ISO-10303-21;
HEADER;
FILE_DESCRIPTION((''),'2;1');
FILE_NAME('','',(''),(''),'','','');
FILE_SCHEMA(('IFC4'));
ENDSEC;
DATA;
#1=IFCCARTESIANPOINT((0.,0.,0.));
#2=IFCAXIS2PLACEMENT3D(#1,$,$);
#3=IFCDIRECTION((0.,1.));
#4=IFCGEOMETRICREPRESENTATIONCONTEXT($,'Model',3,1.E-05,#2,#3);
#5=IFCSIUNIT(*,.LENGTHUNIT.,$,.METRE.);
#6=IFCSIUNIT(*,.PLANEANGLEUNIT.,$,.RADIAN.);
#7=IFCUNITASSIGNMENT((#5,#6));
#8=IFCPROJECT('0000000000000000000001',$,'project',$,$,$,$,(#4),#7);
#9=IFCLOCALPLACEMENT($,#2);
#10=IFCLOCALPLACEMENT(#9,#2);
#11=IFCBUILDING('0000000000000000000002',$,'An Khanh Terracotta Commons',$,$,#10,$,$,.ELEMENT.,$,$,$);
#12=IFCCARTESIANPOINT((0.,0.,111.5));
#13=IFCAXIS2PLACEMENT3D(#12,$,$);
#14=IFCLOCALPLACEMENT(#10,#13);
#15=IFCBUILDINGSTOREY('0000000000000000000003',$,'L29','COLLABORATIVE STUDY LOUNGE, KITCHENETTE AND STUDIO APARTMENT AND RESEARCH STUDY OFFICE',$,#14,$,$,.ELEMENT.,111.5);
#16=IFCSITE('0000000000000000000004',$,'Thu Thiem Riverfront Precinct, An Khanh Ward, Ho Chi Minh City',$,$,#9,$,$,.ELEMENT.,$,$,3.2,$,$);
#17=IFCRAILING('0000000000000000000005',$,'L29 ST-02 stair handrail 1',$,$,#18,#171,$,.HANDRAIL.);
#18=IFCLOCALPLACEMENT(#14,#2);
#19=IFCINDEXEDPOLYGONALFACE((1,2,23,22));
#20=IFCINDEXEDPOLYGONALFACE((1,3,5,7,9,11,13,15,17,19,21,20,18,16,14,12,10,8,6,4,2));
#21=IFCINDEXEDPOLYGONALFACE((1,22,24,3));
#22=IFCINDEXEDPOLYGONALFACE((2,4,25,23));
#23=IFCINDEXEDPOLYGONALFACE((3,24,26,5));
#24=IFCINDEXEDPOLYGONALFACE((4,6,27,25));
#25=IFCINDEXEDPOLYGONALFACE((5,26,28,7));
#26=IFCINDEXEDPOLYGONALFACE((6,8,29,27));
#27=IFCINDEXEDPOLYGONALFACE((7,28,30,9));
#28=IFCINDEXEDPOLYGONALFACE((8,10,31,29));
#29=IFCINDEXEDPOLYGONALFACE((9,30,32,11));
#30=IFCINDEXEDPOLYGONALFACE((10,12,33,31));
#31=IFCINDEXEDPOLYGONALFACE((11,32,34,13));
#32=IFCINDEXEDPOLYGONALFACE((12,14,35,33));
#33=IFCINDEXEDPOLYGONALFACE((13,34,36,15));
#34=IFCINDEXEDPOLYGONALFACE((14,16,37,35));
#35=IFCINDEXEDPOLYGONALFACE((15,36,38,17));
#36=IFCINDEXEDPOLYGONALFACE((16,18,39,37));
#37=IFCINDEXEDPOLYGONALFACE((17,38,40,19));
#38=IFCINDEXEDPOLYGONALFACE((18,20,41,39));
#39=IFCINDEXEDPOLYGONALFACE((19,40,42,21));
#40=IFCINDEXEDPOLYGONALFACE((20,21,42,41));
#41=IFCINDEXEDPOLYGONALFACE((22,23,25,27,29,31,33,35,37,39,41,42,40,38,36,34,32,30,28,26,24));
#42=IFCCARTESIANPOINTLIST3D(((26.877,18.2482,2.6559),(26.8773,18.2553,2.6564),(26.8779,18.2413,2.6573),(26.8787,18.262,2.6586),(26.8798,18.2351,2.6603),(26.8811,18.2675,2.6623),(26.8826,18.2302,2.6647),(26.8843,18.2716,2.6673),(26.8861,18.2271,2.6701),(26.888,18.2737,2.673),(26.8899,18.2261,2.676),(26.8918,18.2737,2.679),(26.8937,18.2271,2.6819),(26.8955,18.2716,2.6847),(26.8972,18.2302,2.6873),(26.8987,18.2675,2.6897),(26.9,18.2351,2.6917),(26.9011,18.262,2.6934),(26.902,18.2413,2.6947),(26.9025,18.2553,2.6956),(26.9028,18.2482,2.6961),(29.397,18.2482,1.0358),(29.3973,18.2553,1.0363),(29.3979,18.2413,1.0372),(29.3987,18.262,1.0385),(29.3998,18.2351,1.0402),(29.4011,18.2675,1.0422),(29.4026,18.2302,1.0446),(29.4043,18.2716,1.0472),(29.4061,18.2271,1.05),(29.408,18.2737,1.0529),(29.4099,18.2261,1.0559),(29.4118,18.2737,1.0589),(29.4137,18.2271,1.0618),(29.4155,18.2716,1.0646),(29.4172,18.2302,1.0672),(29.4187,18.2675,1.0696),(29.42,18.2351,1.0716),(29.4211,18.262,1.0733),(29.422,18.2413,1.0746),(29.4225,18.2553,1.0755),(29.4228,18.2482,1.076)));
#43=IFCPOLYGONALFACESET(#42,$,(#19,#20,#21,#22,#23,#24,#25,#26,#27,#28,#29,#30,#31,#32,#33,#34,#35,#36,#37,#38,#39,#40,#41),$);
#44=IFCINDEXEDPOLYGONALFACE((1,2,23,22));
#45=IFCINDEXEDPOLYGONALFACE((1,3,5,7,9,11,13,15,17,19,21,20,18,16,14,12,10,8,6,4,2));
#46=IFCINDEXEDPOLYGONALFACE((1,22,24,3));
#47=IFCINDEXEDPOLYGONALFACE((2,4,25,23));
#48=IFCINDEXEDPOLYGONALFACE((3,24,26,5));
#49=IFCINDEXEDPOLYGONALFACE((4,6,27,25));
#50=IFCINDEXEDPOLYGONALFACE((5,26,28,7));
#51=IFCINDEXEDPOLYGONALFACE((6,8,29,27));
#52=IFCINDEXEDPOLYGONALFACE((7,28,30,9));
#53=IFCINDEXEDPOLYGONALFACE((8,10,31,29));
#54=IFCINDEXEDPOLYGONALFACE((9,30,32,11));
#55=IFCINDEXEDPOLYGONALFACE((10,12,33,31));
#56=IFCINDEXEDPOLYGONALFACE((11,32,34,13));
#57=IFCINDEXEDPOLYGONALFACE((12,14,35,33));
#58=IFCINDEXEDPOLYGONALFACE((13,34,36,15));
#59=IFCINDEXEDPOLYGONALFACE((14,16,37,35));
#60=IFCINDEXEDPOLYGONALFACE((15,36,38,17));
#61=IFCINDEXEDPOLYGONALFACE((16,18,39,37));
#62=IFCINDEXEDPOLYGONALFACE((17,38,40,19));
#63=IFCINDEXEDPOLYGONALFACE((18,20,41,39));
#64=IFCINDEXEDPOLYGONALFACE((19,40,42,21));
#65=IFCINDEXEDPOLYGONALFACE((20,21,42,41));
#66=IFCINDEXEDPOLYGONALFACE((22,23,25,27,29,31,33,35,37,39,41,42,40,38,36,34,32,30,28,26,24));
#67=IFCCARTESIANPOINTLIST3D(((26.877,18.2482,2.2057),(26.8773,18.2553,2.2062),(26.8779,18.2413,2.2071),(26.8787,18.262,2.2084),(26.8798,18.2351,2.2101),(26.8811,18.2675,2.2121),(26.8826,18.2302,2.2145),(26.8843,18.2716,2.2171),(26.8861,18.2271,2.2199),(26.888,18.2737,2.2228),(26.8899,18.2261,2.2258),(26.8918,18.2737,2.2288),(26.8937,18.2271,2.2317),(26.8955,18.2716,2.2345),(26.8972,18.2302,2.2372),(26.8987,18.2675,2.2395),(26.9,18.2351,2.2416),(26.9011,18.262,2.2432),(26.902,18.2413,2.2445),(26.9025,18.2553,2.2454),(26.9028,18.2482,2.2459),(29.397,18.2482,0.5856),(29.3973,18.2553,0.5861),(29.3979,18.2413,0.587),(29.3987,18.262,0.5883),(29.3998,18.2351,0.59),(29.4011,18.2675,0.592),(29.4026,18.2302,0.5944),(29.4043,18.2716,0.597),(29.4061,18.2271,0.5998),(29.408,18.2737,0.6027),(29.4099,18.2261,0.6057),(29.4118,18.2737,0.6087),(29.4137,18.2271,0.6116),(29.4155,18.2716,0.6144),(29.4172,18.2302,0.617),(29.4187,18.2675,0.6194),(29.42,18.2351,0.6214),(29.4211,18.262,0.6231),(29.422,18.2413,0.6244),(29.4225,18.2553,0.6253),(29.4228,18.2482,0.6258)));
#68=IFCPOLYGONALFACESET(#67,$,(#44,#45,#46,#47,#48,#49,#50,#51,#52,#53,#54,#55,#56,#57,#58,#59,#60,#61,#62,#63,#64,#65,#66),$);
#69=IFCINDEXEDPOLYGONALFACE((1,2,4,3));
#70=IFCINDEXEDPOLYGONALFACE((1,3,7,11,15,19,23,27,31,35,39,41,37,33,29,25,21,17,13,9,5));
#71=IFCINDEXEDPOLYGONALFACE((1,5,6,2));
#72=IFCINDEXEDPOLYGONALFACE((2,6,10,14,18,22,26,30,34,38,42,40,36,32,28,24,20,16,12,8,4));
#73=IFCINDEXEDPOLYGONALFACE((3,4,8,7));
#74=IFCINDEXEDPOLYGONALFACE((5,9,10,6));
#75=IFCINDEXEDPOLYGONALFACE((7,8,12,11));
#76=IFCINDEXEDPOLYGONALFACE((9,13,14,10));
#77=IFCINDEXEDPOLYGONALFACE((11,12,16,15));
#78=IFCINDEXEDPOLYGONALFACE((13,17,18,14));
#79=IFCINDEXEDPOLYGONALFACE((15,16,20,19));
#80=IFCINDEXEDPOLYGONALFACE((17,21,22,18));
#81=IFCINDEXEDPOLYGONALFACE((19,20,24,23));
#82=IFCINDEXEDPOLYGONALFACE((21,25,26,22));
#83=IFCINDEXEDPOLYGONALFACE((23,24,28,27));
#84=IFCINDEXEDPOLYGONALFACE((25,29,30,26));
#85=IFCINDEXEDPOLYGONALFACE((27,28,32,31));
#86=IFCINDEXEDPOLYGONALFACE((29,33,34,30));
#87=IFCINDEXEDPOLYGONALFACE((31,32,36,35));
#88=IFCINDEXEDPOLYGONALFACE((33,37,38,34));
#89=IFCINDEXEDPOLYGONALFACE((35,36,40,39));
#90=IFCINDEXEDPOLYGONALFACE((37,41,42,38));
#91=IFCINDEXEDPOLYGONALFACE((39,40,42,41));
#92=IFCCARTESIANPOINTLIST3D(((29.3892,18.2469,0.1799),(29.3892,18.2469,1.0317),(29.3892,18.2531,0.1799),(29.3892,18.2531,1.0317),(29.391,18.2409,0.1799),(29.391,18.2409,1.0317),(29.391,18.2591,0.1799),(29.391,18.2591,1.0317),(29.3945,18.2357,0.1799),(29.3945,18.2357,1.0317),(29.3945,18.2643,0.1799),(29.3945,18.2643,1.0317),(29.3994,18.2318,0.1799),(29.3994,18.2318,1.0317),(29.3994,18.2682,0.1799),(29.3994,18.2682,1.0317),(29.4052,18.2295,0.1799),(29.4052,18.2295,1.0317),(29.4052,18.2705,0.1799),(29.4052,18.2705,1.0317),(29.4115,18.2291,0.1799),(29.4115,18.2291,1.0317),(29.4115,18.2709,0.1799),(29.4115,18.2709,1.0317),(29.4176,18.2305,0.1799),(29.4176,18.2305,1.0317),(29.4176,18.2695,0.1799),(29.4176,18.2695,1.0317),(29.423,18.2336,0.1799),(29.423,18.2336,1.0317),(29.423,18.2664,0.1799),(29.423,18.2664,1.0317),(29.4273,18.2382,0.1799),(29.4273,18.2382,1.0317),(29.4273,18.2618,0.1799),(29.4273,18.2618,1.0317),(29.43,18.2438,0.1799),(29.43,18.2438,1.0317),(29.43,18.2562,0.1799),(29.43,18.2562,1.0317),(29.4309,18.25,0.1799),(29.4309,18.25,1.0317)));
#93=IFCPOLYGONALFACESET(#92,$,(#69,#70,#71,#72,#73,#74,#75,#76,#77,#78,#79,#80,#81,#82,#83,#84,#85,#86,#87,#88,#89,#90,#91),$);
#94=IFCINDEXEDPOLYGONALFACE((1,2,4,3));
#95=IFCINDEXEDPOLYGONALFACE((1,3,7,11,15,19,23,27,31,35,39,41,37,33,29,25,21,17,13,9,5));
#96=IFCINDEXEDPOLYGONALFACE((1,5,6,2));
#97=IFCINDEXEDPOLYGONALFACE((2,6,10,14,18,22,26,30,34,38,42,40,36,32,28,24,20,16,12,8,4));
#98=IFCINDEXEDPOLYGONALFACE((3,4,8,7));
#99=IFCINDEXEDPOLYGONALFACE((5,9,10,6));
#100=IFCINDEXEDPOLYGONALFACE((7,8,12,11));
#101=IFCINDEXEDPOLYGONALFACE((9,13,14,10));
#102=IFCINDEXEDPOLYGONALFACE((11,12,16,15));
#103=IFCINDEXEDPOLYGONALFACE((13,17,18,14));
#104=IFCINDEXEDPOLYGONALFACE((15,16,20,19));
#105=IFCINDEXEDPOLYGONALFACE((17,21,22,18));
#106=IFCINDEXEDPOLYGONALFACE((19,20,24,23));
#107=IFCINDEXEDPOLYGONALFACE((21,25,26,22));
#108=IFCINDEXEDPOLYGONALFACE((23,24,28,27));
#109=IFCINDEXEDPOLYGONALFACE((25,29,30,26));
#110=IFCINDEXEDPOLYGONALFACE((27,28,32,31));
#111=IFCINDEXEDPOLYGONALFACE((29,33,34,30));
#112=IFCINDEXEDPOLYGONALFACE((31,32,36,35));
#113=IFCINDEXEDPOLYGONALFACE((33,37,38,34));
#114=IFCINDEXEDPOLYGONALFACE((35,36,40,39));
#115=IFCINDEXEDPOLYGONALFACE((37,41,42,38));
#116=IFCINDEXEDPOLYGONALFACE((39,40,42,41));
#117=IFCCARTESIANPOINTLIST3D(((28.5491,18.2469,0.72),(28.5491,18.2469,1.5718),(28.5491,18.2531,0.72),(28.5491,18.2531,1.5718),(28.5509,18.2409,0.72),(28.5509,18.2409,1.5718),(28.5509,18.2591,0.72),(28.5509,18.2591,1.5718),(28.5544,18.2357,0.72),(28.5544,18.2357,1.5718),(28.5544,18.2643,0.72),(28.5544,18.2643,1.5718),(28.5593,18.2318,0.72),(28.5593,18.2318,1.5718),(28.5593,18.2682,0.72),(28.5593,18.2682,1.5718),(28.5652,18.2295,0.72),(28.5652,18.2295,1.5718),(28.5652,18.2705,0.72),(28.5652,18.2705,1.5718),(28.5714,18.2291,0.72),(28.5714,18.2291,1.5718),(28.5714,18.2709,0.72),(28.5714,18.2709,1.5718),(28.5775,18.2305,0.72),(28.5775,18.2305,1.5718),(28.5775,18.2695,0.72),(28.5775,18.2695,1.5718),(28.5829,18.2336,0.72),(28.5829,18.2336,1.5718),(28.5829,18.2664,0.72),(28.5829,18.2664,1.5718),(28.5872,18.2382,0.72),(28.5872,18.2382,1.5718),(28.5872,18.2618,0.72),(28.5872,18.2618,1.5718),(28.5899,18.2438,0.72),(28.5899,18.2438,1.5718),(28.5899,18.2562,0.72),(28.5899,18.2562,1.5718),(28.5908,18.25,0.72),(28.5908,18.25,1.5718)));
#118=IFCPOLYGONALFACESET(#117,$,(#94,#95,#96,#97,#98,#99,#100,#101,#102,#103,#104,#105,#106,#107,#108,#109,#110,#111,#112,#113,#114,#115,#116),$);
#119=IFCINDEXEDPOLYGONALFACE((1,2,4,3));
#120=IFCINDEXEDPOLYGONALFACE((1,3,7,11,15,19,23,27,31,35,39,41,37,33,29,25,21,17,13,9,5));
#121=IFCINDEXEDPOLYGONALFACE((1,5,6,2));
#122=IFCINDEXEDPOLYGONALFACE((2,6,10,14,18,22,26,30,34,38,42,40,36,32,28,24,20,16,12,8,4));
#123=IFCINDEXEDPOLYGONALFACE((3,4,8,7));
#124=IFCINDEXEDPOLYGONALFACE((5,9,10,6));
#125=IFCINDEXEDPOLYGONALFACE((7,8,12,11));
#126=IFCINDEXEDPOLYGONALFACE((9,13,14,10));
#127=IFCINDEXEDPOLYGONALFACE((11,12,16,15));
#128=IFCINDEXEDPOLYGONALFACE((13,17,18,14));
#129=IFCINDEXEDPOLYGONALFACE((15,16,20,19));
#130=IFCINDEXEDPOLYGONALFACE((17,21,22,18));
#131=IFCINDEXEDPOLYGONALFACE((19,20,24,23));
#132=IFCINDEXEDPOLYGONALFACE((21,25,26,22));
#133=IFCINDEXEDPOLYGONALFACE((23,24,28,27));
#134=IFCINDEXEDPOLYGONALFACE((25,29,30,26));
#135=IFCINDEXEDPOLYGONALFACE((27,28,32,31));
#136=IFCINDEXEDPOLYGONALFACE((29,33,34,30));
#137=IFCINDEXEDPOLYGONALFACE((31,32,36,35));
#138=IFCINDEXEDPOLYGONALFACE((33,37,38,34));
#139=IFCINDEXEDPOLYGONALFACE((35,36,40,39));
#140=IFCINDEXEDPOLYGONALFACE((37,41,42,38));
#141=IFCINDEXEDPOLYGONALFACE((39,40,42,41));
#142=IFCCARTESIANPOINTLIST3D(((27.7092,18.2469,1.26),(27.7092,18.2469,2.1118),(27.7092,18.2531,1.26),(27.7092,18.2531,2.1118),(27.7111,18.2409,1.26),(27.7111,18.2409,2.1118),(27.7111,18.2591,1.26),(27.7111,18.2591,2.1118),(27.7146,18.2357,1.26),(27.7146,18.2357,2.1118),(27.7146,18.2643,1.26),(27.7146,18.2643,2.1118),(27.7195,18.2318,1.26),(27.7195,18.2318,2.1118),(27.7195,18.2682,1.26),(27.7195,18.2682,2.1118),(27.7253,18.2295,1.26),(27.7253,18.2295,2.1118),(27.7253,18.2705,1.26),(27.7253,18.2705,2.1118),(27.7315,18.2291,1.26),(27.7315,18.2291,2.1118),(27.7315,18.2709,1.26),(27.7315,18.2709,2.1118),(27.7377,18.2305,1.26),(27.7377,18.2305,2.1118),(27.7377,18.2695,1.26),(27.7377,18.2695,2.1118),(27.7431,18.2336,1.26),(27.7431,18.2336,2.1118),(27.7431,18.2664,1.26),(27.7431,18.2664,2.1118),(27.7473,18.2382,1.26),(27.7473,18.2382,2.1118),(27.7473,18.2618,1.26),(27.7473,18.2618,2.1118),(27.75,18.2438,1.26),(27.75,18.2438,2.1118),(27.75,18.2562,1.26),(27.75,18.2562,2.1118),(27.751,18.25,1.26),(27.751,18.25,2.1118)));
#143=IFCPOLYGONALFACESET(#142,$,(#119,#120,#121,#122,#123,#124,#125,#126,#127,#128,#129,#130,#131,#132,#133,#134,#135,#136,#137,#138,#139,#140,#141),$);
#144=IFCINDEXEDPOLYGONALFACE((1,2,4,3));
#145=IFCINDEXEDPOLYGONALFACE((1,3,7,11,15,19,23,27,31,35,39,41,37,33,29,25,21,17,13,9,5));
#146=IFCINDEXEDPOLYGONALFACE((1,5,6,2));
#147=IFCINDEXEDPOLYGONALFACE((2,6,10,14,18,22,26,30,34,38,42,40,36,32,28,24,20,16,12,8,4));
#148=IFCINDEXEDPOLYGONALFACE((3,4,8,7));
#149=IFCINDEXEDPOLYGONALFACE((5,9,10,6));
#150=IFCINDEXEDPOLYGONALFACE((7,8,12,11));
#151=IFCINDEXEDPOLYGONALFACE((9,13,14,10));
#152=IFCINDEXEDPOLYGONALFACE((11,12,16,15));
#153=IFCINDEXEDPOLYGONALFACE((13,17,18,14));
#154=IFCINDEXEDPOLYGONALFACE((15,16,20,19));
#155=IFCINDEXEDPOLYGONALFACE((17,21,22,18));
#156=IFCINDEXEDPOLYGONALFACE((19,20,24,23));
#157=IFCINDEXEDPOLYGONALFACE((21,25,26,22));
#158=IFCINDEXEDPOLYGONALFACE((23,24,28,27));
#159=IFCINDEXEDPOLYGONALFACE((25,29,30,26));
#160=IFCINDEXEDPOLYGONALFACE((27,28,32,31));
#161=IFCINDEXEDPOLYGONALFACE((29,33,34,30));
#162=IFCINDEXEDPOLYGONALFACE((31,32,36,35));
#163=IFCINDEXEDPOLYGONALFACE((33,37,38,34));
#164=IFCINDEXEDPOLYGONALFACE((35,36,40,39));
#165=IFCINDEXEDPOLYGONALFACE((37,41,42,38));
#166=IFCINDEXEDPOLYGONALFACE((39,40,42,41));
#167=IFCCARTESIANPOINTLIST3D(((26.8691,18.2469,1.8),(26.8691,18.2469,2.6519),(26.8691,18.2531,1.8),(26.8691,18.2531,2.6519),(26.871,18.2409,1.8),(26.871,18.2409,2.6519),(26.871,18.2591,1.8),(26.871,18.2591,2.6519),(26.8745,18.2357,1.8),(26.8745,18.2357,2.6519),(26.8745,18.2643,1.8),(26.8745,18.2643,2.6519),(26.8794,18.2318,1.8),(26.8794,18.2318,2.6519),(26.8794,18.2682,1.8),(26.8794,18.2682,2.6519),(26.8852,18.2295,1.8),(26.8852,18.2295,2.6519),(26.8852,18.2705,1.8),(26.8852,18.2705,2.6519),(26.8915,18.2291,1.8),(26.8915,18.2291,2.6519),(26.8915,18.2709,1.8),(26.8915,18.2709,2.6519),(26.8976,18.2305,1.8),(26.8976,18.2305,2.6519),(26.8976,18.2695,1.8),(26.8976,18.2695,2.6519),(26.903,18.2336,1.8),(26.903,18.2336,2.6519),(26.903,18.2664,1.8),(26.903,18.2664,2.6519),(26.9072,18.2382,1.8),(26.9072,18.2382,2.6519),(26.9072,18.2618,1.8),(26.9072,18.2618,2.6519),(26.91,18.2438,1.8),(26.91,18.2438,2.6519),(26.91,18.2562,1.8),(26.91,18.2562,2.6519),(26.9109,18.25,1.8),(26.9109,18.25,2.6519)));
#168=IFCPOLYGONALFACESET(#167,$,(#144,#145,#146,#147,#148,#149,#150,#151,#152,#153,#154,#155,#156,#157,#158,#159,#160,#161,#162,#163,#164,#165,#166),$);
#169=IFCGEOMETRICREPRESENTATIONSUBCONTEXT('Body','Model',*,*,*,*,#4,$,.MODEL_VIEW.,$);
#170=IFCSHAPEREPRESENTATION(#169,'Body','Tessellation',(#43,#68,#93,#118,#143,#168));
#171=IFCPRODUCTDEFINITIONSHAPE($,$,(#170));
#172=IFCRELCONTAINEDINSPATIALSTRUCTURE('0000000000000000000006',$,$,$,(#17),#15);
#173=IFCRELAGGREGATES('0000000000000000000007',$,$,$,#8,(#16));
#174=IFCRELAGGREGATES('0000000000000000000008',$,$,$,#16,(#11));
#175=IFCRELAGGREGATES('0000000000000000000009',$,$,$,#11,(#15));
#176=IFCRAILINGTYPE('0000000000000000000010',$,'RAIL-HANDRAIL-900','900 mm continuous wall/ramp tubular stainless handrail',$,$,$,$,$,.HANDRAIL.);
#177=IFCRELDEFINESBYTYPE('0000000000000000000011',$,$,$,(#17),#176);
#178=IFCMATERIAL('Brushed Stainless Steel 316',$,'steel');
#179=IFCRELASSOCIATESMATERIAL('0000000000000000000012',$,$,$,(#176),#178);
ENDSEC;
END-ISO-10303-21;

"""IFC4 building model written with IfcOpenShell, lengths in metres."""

from ifc_helpers import new_model, si_unit, direction, frame, origin, origin_2d, place, context, subcontext, project, spatial, circle, extrude, material, type_object, element, save


model = new_model("IFC4")

# Units and contexts
model_context = context("Model", 3, precision=1e-05, world=origin(), true_north=direction((0.0, 1.0)))
body_context = subcontext(model_context, "Body", "Model", "MODEL_VIEW")
ifc_project = project(units=[si_unit("LENGTHUNIT", "METRE"), si_unit("PLANEANGLEUNIT", "RADIAN")], contexts=[model_context])

# Site, building, storey
site_placement = place(None, origin())
site = spatial("IfcSite", under=ifc_project, at=site_placement, Name="Thu Thiem Riverfront Precinct, An Khanh Ward, Ho Chi Minh City", CompositionType="ELEMENT", RefElevation=3.2)
building_placement = place(site_placement, origin())
building = spatial("IfcBuilding", under=site, at=building_placement, Name="An Khanh Terracotta Commons", CompositionType="ELEMENT")
storey_placement = place(building_placement, frame((0.0, 0.0, 111.5)))
storey = spatial("IfcBuildingStorey", under=building, at=storey_placement, Name="L29", Description="COLLABORATIVE STUDY LOUNGE, KITCHENETTE AND STUDIO APARTMENT AND RESEARCH STUDY OFFICE", CompositionType="ELEMENT", Elevation=111.5)

# Railing
ifc_material_1 = material(Name="Brushed Stainless Steel 316", Category="steel")
railing_type_1 = type_object("IfcRailingType", Name="RAIL-HANDRAIL-900", Description="900 mm continuous wall/ramp tubular stainless handrail", PredefinedType="HANDRAIL", material=ifc_material_1)
railing_1_placement = place(storey_placement, frame((29.4099, 18.25, 0.1799)))
element("IfcRailing", 1, at=railing_1_placement, inside=storey, type_object=railing_type_1, Name="L29 ST-02 stair handrail 1", PredefinedType="HANDRAIL", context=body_context, shape_type="SweptSolid", body=[
    extrude(circle(Radius=0.0239, at=origin_2d()), frame((0.0, 0.0, 0.876), z_axis=(-0.841163, 0.0, 0.540782), x_axis=(0.0, -1.0, 0.0)), (0.0, 0.0, 1.0), 2.9958),
    extrude(circle(Radius=0.0239, at=origin_2d()), frame((0.0, 0.0, 0.4258), z_axis=(-0.841163, 0.0, 0.540782), x_axis=(0.0, -1.0, 0.0)), (0.0, 0.0, 1.0), 2.9958),
    extrude(circle(Radius=0.021, at=origin_2d()), origin(), (0.0, 0.0, 1.0), 0.8518),
    extrude(circle(Radius=0.021, at=origin_2d()), frame((-0.8401, 0.0, 0.54)), (0.0, 0.0, 1.0), 0.8518),
    extrude(circle(Radius=0.021, at=origin_2d()), frame((-1.6799, 0.0, 1.0801)), (0.0, 0.0, 1.0), 0.8518),
    extrude(circle(Radius=0.021, at=origin_2d()), frame((-2.52, 0.0, 1.6201)), (0.0, 0.0, 1.0), 0.8518),
])

save(model, "model.ifc")
